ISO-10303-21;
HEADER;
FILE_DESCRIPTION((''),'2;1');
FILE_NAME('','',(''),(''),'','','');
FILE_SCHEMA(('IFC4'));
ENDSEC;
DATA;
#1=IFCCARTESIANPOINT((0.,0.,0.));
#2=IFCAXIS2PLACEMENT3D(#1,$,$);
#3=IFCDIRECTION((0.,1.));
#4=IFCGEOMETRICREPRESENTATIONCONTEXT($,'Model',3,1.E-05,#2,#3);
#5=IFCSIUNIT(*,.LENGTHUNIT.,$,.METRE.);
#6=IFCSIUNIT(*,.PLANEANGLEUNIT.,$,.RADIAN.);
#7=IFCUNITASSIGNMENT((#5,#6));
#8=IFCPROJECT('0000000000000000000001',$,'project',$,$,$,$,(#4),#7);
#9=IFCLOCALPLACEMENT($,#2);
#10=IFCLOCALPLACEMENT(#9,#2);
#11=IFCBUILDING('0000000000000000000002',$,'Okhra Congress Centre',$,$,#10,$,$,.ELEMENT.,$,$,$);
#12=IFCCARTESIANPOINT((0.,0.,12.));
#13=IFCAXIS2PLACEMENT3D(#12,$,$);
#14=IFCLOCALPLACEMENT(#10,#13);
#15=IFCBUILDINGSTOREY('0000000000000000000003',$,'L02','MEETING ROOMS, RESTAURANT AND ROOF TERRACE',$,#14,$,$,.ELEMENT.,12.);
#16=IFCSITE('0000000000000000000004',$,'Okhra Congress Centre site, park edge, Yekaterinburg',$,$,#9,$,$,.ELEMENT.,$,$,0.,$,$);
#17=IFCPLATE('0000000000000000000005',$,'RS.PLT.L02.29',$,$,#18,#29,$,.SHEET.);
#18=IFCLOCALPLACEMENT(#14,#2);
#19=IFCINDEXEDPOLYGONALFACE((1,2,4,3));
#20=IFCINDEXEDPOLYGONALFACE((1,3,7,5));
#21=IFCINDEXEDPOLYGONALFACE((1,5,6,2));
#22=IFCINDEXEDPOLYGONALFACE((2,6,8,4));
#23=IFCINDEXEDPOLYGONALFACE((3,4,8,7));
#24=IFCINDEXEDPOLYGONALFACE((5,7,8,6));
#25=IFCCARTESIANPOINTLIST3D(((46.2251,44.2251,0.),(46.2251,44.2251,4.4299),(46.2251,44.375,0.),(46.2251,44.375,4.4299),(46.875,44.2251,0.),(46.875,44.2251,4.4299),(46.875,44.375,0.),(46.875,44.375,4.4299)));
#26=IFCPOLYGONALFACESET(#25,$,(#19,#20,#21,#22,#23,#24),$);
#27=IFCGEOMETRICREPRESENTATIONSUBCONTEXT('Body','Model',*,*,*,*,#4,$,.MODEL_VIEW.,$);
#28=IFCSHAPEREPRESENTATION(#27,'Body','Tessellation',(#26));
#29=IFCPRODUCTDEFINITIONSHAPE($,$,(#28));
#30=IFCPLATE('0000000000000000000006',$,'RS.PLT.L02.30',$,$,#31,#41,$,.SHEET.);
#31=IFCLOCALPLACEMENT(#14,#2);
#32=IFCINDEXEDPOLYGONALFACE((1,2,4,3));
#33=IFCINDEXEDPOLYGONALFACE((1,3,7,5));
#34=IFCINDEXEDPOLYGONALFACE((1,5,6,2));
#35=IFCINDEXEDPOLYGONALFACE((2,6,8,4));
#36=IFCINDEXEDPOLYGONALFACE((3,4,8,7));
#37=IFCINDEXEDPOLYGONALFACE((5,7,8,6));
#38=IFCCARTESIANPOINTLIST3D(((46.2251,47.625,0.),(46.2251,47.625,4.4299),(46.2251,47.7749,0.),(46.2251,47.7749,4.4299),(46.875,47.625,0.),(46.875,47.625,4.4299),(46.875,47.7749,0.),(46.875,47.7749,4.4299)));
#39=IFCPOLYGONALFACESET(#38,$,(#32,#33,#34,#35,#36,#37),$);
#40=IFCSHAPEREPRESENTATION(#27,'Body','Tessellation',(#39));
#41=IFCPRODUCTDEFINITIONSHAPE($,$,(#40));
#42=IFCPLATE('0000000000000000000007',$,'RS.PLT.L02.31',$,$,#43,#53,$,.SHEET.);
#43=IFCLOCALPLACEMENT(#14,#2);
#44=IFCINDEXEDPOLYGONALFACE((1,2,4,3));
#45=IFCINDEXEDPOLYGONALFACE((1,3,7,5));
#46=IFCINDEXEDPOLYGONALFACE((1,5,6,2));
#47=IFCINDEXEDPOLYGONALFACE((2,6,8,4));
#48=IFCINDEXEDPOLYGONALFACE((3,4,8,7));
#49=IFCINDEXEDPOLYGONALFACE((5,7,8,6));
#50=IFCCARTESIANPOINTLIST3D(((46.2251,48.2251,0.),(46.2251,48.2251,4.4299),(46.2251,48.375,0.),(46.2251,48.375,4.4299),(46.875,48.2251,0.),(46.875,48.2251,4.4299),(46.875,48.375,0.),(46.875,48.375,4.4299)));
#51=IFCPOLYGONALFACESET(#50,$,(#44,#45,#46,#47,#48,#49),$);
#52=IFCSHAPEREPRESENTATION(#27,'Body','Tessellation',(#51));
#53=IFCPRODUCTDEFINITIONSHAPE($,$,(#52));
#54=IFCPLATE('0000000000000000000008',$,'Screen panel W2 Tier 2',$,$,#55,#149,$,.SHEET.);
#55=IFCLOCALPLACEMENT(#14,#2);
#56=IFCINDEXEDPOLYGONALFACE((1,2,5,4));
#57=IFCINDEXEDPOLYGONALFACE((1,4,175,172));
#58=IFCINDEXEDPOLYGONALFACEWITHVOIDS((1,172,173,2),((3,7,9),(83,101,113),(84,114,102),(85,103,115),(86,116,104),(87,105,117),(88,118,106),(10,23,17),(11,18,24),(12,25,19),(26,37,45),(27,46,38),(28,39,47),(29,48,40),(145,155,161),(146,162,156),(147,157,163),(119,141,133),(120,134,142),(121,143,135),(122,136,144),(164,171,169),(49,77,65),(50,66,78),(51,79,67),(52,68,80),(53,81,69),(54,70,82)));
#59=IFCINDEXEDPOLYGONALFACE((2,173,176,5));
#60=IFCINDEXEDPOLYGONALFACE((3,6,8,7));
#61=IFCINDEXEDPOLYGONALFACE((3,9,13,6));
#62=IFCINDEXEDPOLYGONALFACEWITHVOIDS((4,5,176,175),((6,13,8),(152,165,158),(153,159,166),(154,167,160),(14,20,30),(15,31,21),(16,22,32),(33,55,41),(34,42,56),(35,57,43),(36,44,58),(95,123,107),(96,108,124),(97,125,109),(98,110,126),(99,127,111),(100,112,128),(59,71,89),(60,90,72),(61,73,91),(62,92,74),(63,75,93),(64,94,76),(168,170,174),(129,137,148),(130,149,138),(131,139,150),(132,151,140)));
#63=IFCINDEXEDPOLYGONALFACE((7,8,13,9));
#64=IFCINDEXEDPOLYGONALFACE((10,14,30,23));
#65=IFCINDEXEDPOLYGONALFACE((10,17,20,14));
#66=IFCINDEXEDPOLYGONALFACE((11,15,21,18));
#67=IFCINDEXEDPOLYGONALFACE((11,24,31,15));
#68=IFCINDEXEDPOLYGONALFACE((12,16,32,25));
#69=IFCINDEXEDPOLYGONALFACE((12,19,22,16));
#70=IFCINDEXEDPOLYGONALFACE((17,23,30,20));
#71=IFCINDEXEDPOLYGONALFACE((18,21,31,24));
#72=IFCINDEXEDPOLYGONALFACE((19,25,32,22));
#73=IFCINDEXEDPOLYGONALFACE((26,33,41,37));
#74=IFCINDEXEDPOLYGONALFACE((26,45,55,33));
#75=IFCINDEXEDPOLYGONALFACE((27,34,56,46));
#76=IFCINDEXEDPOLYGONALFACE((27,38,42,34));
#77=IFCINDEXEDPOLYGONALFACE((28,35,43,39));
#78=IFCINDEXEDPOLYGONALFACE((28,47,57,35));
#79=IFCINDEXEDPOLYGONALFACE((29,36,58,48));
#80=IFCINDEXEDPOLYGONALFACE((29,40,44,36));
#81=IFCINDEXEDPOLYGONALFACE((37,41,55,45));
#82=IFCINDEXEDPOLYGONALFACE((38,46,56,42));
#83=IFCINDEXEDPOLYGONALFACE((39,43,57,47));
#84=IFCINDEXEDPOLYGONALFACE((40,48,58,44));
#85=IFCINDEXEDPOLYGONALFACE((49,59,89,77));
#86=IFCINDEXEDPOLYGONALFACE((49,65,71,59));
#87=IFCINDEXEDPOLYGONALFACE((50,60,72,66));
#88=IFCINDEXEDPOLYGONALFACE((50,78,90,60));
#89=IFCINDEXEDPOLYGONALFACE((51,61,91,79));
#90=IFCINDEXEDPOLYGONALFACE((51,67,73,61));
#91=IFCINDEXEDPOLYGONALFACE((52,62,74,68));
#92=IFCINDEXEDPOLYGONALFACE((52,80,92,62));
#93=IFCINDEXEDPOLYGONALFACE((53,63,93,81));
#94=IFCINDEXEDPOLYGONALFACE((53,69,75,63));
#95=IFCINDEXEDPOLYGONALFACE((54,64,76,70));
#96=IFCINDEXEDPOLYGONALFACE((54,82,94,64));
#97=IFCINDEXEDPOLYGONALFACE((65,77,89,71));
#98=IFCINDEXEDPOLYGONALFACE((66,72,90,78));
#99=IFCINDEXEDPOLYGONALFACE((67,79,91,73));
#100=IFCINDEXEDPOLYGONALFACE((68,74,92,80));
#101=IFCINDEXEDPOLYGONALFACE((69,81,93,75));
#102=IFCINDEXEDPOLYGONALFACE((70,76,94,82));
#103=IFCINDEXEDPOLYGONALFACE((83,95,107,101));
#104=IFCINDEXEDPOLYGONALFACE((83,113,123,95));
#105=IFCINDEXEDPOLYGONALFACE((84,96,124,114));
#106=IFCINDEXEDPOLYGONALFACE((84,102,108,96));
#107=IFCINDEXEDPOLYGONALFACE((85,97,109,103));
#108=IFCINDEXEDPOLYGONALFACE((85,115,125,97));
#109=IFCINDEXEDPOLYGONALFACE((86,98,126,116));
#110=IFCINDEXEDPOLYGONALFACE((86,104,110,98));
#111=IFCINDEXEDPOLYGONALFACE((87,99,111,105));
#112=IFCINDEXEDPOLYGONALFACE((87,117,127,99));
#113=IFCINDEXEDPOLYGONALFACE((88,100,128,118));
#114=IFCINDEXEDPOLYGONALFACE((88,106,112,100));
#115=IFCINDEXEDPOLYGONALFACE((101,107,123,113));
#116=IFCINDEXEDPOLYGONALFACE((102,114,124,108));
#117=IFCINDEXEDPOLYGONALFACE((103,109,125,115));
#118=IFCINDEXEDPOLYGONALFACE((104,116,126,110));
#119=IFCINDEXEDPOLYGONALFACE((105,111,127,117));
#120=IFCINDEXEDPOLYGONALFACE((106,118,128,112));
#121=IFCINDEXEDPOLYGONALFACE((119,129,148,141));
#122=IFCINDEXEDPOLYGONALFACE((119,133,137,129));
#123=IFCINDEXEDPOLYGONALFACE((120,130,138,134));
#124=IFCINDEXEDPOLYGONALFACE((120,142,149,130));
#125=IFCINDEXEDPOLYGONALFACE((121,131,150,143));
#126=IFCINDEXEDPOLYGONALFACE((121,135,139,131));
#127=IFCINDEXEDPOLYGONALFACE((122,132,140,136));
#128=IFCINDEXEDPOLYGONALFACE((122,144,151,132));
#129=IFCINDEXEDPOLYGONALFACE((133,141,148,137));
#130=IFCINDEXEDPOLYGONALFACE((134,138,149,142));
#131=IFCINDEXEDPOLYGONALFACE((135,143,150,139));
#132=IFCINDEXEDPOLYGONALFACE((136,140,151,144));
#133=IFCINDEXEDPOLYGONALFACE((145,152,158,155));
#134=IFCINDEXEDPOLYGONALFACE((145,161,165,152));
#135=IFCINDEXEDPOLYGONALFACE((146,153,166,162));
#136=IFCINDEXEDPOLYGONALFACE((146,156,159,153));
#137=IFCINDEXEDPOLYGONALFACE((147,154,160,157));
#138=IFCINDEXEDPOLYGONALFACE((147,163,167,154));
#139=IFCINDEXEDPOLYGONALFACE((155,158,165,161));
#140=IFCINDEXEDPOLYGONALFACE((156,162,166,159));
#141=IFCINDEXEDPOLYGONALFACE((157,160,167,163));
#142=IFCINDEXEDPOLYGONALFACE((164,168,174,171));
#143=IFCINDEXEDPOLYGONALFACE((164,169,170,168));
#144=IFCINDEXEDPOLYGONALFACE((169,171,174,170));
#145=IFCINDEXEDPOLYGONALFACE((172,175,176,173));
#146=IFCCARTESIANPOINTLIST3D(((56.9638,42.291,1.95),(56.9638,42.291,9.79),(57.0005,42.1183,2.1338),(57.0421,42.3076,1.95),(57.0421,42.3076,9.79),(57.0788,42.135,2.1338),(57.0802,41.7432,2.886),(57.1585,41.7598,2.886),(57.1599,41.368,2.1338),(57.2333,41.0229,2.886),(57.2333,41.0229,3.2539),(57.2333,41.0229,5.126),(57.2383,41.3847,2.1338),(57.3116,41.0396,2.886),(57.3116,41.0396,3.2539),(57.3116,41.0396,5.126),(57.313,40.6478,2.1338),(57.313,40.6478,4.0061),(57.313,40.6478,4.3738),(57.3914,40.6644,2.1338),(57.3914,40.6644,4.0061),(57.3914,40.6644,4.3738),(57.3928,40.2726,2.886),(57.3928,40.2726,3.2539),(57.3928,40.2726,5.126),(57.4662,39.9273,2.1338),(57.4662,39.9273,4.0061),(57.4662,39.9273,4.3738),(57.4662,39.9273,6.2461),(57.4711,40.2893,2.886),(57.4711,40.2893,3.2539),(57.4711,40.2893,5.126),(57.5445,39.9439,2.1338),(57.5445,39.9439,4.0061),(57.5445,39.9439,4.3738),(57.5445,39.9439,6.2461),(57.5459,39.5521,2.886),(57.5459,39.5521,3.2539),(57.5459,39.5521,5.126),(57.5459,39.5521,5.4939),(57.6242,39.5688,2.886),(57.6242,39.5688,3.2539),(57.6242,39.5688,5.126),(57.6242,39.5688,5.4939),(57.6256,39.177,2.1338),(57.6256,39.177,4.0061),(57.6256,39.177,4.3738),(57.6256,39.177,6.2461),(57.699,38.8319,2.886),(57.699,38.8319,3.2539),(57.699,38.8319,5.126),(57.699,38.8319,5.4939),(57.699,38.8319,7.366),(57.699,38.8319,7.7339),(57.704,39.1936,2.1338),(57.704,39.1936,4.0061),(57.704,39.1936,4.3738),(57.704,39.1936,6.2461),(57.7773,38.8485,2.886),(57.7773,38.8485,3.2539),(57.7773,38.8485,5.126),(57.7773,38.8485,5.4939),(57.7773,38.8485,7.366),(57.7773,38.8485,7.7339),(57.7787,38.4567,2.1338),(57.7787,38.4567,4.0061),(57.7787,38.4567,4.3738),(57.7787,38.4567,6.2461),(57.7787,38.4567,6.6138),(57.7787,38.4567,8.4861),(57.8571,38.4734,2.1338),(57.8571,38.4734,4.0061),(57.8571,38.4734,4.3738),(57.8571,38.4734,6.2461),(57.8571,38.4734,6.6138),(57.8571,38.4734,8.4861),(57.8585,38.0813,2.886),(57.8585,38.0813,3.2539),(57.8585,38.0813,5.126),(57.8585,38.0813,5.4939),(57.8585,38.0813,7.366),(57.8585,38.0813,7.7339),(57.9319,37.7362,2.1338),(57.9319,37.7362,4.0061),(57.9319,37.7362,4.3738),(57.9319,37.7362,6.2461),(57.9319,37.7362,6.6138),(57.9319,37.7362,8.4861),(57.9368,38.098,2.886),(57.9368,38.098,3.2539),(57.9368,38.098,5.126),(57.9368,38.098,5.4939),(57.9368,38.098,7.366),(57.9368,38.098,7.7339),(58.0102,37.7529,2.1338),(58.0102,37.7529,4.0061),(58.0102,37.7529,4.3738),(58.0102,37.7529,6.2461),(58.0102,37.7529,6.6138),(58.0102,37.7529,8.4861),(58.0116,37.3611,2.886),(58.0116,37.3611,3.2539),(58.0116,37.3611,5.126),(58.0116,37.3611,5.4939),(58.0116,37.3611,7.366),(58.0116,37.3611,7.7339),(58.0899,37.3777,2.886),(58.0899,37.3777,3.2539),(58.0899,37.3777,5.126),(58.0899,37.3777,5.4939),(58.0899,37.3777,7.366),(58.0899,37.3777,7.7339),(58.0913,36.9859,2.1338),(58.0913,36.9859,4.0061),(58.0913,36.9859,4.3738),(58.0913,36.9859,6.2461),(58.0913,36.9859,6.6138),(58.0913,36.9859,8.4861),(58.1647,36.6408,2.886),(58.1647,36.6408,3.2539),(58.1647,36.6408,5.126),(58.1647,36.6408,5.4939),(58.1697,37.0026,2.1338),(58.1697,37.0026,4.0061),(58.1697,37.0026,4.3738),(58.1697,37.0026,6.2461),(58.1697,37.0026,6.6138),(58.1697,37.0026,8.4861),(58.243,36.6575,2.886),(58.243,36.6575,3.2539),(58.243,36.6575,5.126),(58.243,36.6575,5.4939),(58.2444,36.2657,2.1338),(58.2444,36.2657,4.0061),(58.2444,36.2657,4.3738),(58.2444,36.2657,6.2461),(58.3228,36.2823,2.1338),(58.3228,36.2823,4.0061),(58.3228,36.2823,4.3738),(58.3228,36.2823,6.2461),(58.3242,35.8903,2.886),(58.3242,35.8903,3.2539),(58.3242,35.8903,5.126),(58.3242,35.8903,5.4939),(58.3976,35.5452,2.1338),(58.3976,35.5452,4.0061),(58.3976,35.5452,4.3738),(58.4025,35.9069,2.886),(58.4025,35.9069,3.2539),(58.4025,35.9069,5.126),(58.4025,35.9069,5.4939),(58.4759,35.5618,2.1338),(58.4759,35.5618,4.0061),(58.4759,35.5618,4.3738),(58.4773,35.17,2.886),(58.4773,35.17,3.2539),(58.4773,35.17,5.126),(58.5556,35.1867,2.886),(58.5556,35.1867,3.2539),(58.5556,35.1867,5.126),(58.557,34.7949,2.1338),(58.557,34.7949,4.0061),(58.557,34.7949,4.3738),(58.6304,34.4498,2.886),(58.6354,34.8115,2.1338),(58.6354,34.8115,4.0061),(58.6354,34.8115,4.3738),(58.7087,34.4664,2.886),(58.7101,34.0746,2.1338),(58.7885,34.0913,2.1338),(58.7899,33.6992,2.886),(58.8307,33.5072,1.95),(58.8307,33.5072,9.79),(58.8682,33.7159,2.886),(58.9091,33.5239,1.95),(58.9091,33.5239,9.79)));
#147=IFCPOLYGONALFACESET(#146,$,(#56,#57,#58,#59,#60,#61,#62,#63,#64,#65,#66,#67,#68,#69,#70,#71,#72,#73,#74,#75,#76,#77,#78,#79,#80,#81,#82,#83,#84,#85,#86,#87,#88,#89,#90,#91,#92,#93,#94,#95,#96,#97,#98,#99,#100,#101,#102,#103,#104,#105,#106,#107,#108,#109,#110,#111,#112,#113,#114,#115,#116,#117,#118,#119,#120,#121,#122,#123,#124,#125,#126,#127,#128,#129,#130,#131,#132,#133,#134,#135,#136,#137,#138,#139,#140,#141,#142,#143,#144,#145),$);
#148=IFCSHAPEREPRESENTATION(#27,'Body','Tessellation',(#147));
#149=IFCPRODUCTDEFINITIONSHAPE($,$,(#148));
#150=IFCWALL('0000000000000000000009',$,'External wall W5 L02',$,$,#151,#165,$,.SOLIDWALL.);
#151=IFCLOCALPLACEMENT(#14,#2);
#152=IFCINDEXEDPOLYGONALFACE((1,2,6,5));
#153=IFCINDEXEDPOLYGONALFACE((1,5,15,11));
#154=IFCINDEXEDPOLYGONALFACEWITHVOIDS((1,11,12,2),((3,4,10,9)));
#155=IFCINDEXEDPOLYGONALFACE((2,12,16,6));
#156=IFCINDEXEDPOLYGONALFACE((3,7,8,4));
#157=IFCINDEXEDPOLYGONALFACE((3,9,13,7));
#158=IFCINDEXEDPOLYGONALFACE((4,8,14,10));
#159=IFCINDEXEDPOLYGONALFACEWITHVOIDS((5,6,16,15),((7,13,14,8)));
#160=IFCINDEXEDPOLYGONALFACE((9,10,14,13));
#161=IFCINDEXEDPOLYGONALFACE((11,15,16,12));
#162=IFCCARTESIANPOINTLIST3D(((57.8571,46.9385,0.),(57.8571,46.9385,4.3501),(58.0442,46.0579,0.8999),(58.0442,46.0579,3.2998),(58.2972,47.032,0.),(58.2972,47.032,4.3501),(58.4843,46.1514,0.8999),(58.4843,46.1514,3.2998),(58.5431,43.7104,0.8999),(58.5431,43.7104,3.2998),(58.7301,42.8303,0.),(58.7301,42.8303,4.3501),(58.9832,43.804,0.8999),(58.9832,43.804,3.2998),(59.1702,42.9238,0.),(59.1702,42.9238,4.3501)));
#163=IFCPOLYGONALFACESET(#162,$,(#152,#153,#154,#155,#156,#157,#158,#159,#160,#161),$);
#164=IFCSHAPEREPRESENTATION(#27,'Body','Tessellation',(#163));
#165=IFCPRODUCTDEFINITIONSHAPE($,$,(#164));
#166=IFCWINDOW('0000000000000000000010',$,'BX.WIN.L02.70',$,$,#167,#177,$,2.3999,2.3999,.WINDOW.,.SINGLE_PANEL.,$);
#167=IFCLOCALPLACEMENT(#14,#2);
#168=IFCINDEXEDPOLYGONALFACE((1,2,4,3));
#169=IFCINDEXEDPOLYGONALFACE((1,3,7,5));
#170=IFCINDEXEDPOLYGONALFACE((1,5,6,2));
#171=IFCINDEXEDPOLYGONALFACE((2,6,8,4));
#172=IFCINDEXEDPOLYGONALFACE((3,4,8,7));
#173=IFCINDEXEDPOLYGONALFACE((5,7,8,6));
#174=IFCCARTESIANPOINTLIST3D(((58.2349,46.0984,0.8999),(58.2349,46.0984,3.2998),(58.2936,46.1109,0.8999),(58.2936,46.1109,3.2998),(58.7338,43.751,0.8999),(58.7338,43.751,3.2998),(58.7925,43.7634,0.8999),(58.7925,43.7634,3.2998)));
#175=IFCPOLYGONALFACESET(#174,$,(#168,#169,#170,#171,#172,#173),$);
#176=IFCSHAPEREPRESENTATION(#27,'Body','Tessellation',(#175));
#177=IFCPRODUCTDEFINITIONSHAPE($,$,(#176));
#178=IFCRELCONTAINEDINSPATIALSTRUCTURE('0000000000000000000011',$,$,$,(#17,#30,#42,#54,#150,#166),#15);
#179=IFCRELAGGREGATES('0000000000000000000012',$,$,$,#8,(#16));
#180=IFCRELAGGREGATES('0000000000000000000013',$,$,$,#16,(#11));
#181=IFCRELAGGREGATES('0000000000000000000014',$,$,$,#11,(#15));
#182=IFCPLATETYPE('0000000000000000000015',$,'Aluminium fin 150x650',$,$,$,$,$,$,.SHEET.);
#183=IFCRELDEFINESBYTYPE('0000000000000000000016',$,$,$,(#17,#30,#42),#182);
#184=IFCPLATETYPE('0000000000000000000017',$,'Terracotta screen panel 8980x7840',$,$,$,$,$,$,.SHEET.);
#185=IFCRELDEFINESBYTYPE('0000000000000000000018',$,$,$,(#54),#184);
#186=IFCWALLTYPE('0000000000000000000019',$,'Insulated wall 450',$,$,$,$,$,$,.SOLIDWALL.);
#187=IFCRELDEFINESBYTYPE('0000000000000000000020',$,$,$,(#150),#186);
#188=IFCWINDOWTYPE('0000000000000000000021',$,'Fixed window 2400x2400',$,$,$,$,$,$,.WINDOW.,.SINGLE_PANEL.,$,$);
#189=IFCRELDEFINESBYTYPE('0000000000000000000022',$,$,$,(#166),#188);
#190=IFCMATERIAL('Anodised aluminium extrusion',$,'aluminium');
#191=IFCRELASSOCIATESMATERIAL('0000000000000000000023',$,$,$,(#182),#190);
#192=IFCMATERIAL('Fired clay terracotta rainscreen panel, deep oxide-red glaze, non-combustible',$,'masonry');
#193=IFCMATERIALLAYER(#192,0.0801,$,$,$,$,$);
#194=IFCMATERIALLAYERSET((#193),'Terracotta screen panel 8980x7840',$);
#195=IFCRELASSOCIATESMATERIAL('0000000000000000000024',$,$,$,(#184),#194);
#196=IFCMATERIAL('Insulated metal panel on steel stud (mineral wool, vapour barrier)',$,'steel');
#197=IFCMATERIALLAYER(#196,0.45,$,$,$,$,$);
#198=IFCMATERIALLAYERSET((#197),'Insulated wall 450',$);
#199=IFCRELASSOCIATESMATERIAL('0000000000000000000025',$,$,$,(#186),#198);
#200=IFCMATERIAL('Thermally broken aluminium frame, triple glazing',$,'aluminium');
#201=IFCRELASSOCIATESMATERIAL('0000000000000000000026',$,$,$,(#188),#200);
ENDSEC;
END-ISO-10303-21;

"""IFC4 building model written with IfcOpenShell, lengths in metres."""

from ifc_helpers import new_model, si_unit, direction, frame, frame_2d, origin, origin_2d, place, context, subcontext, project, spatial, polyline, rectangle, outline, extrude, material, layer, layer_set, type_object, element, fill, save


model = new_model("IFC4")

# Units and contexts
model_context = context("Model", 3, precision=1e-05, world=origin(), true_north=direction((0.0, 1.0)))
body_context = subcontext(model_context, "Body", "Model", "MODEL_VIEW")
ifc_project = project(units=[si_unit("LENGTHUNIT", "METRE"), si_unit("PLANEANGLEUNIT", "RADIAN")], contexts=[model_context])

# Site, building, storey
site_placement = place(None, origin())
site = spatial("IfcSite", under=ifc_project, at=site_placement, Name="Okhra Congress Centre site, park edge, Yekaterinburg", CompositionType="ELEMENT", RefElevation=0.0)
building_placement = place(site_placement, origin())
building = spatial("IfcBuilding", under=site, at=building_placement, Name="Okhra Congress Centre", CompositionType="ELEMENT")
storey_placement = place(building_placement, frame((0.0, 0.0, 12.0)))
storey = spatial("IfcBuildingStorey", under=building, at=storey_placement, Name="L02", Description="MEETING ROOMS, RESTAURANT AND ROOF TERRACE", CompositionType="ELEMENT", Elevation=12.0)

# Plates
ifc_material_1 = material(Name="Anodised aluminium extrusion", Category="aluminium")
plate_type_1 = type_object("IfcPlateType", Name="Aluminium fin 150x650", PredefinedType="SHEET", material=ifc_material_1)
for number, where, z_axis, x_axis, name in (
    (1, (46.55, 44.3, 0.0), (0.0, 0.0, 1.0), (0.0, 1.0, 0.0), "RS.PLT.L02.29"),
    (2, (46.55, 47.7, 0.0), (0.0, 0.0, 1.0), (0.0, 1.0, 0.0), "RS.PLT.L02.30"),
    (3, (46.55, 48.3, 0.0), (0.0, 0.0, 1.0), (0.0, 1.0, 0.0), "RS.PLT.L02.31"),
):
    element("IfcPlate", number, at=place(storey_placement, frame(where, z_axis=z_axis, x_axis=x_axis)), inside=storey, type_object=plate_type_1, Name=name, PredefinedType="SHEET", context=body_context, shape_type="SweptSolid", body=[
        extrude(rectangle(XDim=0.1499, YDim=0.6499, at=origin_2d()), origin(), (0.0, 0.0, 1.0), 4.4299),
    ])
ifc_material_2 = material(Name="Fired clay terracotta rainscreen panel, deep oxide-red glaze, non-combustible", Category="masonry")
ifc_layer_1 = layer(ifc_material_2, 0.0801)
ifc_layer_set_1 = layer_set([ifc_layer_1], Name="Terracotta screen panel 8980x7840")
plate_type_2 = type_object("IfcPlateType", Name="Terracotta screen panel 8980x7840", PredefinedType="SHEET", material=ifc_layer_set_1)
plate_placement = place(storey_placement, frame((57.0029, 42.2993, 1.95), z_axis=(0.0, 0.0, 1.0), x_axis=(0.207902, -0.97815, 0.0)))
element("IfcPlate", 4, at=plate_placement, inside=storey, type_object=plate_type_2, Name="Screen panel W2 Tier 2", PredefinedType="SHEET", context=body_context, shape_type="SweptSolid", body=[
    extrude(outline(polyline([(0.0, 0.0), (8.98, 0.0), (8.98, 7.8401), (0.0, 7.8401), (0.0, 0.0)]), holes=[polyline([(0.1765, 0.1838), (0.9436, 0.1838), (0.5601, 0.936), (0.1765, 0.1838)]), polyline([(1.2964, 0.936), (1.6799, 0.1838), (2.0635, 0.936), (1.2964, 0.936)]), polyline([(2.4165, 0.1838), (3.1836, 0.1838), (2.8, 0.936), (2.4165, 0.1838)]), polyline([(3.5364, 0.936), (3.9199, 0.1838), (4.3037, 0.936), (3.5364, 0.936)]), polyline([(4.6565, 0.1838), (5.4236, 0.1838), (5.04, 0.936), (4.6565, 0.1838)]), polyline([(5.7764, 0.936), (6.1599, 0.1838), (6.5437, 0.936), (5.7764, 0.936)]), polyline([(6.8965, 0.1838), (7.6636, 0.1838), (7.28, 0.936), (6.8965, 0.1838)]), polyline([(8.0164, 0.936), (8.3999, 0.1838), (8.7837, 0.936), (8.0164, 0.936)]), polyline([(1.2964, 1.304), (2.0635, 1.304), (1.6799, 2.0562), (1.2964, 1.304)]), polyline([(2.4165, 2.0562), (2.8, 1.304), (3.1836, 2.0562), (2.4165, 2.0562)]), polyline([(3.5364, 1.304), (4.3037, 1.304), (3.9199, 2.0562), (3.5364, 1.304)]), polyline([(4.6565, 2.0562), (5.04, 1.304), (5.4236, 2.0562), (4.6565, 2.0562)]), polyline([(5.7764, 1.304), (6.5437, 1.304), (6.1599, 2.0562), (5.7764, 1.304)]), polyline([(6.8965, 2.0562), (7.28, 1.304), (7.6636, 2.0562), (6.8965, 2.0562)]), polyline([(1.2964, 3.176), (1.6799, 2.4238), (2.0635, 3.176), (1.2964, 3.176)]), polyline([(2.4165, 2.4238), (3.1836, 2.4238), (2.8, 3.176), (2.4165, 2.4238)]), polyline([(3.5364, 3.176), (3.9199, 2.4238), (4.3037, 3.176), (3.5364, 3.176)]), polyline([(4.6565, 2.4238), (5.4236, 2.4238), (5.04, 3.176), (4.6565, 2.4238)]), polyline([(5.7764, 3.176), (6.1599, 2.4238), (6.5437, 3.176), (5.7764, 3.176)]), polyline([(6.8965, 2.4238), (7.6636, 2.4238), (7.28, 3.176), (6.8965, 2.4238)]), polyline([(2.4165, 4.2961), (2.8, 3.5439), (3.1836, 4.2961), (2.4165, 4.2961)]), polyline([(3.5364, 3.5439), (4.3037, 3.5439), (3.9199, 4.2961), (3.5364, 3.5439)]), polyline([(4.6565, 4.2961), (5.04, 3.5439), (5.4236, 4.2961), (4.6565, 4.2961)]), polyline([(5.7764, 3.5439), (6.5437, 3.5439), (6.1599, 4.2961), (5.7764, 3.5439)]), polyline([(3.5364, 5.416), (3.9199, 4.6638), (4.3037, 5.416), (3.5364, 5.416)]), polyline([(4.6565, 4.6638), (5.4236, 4.6638), (5.04, 5.416), (4.6565, 4.6638)]), polyline([(3.5364, 5.7839), (4.3037, 5.7839), (3.9199, 6.5361), (3.5364, 5.7839)]), polyline([(4.6565, 6.5361), (5.04, 5.7839), (5.4236, 6.5361), (4.6565, 6.5361)])]), frame((0.0, 0.04, 0.0), z_axis=(0.0, -1.0, 0.0), x_axis=(1.0, 0.0, 0.0)), (0.0, 0.0, 1.0), 0.0801),
])

# Wall, opening, window
ifc_material_3 = material(Name="Insulated metal panel on steel stud (mineral wool, vapour barrier)", Category="steel")
ifc_layer_2 = layer(ifc_material_3, 0.45)
ifc_layer_set_2 = layer_set([ifc_layer_2], Name="Insulated wall 450")
wall_type_1 = type_object("IfcWallType", Name="Insulated wall 450", PredefinedType="SOLIDWALL", material=ifc_layer_set_2)
wall_1_placement = place(storey_placement, frame((58.9502, 42.877, 0.0), z_axis=(0.0, 0.0, 1.0), x_axis=(-0.207873, 0.978156, 0.0)))
wall_1 = element("IfcWall", 5, at=wall_1_placement, inside=storey, type_object=wall_type_1, Name="External wall W5 L02", PredefinedType="SOLIDWALL", context=body_context, shape_type="SweptSolid", body=[
    extrude(rectangle(XDim=4.2, YDim=0.45, at=frame_2d((2.1001, 0.0))), origin(), (0.0, 0.0, 1.0), 4.3501),
])
opening_1_placement = place(wall_1_placement, frame((0.8999, 0.0, 0.8999)))
opening_1 = element("IfcOpeningElement", 6, at=opening_1_placement, cuts=wall_1, PredefinedType="OPENING", context=body_context, shape_type="SweptSolid", body=[
    extrude(rectangle(XDim=2.3999, YDim=2.3999, at=frame_2d((1.2, 1.2))), frame((0.0, 0.2349, 0.0), z_axis=(0.0, -1.0, 0.0), x_axis=(1.0, 0.0, 0.0)), (0.0, 0.0, 1.0), 0.47),
])
ifc_material_4 = material(Name="Thermally broken aluminium frame, triple glazing", Category="aluminium")
window_type_1 = type_object("IfcWindowType", Name="Fixed window 2400x2400", PartitioningType="SINGLE_PANEL", PredefinedType="WINDOW", material=ifc_material_4)
window_1_placement = place(opening_1_placement, origin())
window_1 = element("IfcWindow", 7, at=window_1_placement, inside=storey, type_object=window_type_1, Name="BX.WIN.L02.70", OverallHeight=2.3999, OverallWidth=2.3999, PartitioningType="SINGLE_PANEL", PredefinedType="WINDOW", context=body_context, shape_type="SweptSolid", body=[
    extrude(rectangle(XDim=2.3999, YDim=2.3999, at=frame_2d((1.2, 1.2))), frame((0.0, 0.03, 0.0), z_axis=(0.0, -1.0, 0.0), x_axis=(1.0, 0.0, 0.0)), (0.0, 0.0, 1.0), 0.0601),
])
fill(opening_1, window_1)

save(model, "model.ifc")
